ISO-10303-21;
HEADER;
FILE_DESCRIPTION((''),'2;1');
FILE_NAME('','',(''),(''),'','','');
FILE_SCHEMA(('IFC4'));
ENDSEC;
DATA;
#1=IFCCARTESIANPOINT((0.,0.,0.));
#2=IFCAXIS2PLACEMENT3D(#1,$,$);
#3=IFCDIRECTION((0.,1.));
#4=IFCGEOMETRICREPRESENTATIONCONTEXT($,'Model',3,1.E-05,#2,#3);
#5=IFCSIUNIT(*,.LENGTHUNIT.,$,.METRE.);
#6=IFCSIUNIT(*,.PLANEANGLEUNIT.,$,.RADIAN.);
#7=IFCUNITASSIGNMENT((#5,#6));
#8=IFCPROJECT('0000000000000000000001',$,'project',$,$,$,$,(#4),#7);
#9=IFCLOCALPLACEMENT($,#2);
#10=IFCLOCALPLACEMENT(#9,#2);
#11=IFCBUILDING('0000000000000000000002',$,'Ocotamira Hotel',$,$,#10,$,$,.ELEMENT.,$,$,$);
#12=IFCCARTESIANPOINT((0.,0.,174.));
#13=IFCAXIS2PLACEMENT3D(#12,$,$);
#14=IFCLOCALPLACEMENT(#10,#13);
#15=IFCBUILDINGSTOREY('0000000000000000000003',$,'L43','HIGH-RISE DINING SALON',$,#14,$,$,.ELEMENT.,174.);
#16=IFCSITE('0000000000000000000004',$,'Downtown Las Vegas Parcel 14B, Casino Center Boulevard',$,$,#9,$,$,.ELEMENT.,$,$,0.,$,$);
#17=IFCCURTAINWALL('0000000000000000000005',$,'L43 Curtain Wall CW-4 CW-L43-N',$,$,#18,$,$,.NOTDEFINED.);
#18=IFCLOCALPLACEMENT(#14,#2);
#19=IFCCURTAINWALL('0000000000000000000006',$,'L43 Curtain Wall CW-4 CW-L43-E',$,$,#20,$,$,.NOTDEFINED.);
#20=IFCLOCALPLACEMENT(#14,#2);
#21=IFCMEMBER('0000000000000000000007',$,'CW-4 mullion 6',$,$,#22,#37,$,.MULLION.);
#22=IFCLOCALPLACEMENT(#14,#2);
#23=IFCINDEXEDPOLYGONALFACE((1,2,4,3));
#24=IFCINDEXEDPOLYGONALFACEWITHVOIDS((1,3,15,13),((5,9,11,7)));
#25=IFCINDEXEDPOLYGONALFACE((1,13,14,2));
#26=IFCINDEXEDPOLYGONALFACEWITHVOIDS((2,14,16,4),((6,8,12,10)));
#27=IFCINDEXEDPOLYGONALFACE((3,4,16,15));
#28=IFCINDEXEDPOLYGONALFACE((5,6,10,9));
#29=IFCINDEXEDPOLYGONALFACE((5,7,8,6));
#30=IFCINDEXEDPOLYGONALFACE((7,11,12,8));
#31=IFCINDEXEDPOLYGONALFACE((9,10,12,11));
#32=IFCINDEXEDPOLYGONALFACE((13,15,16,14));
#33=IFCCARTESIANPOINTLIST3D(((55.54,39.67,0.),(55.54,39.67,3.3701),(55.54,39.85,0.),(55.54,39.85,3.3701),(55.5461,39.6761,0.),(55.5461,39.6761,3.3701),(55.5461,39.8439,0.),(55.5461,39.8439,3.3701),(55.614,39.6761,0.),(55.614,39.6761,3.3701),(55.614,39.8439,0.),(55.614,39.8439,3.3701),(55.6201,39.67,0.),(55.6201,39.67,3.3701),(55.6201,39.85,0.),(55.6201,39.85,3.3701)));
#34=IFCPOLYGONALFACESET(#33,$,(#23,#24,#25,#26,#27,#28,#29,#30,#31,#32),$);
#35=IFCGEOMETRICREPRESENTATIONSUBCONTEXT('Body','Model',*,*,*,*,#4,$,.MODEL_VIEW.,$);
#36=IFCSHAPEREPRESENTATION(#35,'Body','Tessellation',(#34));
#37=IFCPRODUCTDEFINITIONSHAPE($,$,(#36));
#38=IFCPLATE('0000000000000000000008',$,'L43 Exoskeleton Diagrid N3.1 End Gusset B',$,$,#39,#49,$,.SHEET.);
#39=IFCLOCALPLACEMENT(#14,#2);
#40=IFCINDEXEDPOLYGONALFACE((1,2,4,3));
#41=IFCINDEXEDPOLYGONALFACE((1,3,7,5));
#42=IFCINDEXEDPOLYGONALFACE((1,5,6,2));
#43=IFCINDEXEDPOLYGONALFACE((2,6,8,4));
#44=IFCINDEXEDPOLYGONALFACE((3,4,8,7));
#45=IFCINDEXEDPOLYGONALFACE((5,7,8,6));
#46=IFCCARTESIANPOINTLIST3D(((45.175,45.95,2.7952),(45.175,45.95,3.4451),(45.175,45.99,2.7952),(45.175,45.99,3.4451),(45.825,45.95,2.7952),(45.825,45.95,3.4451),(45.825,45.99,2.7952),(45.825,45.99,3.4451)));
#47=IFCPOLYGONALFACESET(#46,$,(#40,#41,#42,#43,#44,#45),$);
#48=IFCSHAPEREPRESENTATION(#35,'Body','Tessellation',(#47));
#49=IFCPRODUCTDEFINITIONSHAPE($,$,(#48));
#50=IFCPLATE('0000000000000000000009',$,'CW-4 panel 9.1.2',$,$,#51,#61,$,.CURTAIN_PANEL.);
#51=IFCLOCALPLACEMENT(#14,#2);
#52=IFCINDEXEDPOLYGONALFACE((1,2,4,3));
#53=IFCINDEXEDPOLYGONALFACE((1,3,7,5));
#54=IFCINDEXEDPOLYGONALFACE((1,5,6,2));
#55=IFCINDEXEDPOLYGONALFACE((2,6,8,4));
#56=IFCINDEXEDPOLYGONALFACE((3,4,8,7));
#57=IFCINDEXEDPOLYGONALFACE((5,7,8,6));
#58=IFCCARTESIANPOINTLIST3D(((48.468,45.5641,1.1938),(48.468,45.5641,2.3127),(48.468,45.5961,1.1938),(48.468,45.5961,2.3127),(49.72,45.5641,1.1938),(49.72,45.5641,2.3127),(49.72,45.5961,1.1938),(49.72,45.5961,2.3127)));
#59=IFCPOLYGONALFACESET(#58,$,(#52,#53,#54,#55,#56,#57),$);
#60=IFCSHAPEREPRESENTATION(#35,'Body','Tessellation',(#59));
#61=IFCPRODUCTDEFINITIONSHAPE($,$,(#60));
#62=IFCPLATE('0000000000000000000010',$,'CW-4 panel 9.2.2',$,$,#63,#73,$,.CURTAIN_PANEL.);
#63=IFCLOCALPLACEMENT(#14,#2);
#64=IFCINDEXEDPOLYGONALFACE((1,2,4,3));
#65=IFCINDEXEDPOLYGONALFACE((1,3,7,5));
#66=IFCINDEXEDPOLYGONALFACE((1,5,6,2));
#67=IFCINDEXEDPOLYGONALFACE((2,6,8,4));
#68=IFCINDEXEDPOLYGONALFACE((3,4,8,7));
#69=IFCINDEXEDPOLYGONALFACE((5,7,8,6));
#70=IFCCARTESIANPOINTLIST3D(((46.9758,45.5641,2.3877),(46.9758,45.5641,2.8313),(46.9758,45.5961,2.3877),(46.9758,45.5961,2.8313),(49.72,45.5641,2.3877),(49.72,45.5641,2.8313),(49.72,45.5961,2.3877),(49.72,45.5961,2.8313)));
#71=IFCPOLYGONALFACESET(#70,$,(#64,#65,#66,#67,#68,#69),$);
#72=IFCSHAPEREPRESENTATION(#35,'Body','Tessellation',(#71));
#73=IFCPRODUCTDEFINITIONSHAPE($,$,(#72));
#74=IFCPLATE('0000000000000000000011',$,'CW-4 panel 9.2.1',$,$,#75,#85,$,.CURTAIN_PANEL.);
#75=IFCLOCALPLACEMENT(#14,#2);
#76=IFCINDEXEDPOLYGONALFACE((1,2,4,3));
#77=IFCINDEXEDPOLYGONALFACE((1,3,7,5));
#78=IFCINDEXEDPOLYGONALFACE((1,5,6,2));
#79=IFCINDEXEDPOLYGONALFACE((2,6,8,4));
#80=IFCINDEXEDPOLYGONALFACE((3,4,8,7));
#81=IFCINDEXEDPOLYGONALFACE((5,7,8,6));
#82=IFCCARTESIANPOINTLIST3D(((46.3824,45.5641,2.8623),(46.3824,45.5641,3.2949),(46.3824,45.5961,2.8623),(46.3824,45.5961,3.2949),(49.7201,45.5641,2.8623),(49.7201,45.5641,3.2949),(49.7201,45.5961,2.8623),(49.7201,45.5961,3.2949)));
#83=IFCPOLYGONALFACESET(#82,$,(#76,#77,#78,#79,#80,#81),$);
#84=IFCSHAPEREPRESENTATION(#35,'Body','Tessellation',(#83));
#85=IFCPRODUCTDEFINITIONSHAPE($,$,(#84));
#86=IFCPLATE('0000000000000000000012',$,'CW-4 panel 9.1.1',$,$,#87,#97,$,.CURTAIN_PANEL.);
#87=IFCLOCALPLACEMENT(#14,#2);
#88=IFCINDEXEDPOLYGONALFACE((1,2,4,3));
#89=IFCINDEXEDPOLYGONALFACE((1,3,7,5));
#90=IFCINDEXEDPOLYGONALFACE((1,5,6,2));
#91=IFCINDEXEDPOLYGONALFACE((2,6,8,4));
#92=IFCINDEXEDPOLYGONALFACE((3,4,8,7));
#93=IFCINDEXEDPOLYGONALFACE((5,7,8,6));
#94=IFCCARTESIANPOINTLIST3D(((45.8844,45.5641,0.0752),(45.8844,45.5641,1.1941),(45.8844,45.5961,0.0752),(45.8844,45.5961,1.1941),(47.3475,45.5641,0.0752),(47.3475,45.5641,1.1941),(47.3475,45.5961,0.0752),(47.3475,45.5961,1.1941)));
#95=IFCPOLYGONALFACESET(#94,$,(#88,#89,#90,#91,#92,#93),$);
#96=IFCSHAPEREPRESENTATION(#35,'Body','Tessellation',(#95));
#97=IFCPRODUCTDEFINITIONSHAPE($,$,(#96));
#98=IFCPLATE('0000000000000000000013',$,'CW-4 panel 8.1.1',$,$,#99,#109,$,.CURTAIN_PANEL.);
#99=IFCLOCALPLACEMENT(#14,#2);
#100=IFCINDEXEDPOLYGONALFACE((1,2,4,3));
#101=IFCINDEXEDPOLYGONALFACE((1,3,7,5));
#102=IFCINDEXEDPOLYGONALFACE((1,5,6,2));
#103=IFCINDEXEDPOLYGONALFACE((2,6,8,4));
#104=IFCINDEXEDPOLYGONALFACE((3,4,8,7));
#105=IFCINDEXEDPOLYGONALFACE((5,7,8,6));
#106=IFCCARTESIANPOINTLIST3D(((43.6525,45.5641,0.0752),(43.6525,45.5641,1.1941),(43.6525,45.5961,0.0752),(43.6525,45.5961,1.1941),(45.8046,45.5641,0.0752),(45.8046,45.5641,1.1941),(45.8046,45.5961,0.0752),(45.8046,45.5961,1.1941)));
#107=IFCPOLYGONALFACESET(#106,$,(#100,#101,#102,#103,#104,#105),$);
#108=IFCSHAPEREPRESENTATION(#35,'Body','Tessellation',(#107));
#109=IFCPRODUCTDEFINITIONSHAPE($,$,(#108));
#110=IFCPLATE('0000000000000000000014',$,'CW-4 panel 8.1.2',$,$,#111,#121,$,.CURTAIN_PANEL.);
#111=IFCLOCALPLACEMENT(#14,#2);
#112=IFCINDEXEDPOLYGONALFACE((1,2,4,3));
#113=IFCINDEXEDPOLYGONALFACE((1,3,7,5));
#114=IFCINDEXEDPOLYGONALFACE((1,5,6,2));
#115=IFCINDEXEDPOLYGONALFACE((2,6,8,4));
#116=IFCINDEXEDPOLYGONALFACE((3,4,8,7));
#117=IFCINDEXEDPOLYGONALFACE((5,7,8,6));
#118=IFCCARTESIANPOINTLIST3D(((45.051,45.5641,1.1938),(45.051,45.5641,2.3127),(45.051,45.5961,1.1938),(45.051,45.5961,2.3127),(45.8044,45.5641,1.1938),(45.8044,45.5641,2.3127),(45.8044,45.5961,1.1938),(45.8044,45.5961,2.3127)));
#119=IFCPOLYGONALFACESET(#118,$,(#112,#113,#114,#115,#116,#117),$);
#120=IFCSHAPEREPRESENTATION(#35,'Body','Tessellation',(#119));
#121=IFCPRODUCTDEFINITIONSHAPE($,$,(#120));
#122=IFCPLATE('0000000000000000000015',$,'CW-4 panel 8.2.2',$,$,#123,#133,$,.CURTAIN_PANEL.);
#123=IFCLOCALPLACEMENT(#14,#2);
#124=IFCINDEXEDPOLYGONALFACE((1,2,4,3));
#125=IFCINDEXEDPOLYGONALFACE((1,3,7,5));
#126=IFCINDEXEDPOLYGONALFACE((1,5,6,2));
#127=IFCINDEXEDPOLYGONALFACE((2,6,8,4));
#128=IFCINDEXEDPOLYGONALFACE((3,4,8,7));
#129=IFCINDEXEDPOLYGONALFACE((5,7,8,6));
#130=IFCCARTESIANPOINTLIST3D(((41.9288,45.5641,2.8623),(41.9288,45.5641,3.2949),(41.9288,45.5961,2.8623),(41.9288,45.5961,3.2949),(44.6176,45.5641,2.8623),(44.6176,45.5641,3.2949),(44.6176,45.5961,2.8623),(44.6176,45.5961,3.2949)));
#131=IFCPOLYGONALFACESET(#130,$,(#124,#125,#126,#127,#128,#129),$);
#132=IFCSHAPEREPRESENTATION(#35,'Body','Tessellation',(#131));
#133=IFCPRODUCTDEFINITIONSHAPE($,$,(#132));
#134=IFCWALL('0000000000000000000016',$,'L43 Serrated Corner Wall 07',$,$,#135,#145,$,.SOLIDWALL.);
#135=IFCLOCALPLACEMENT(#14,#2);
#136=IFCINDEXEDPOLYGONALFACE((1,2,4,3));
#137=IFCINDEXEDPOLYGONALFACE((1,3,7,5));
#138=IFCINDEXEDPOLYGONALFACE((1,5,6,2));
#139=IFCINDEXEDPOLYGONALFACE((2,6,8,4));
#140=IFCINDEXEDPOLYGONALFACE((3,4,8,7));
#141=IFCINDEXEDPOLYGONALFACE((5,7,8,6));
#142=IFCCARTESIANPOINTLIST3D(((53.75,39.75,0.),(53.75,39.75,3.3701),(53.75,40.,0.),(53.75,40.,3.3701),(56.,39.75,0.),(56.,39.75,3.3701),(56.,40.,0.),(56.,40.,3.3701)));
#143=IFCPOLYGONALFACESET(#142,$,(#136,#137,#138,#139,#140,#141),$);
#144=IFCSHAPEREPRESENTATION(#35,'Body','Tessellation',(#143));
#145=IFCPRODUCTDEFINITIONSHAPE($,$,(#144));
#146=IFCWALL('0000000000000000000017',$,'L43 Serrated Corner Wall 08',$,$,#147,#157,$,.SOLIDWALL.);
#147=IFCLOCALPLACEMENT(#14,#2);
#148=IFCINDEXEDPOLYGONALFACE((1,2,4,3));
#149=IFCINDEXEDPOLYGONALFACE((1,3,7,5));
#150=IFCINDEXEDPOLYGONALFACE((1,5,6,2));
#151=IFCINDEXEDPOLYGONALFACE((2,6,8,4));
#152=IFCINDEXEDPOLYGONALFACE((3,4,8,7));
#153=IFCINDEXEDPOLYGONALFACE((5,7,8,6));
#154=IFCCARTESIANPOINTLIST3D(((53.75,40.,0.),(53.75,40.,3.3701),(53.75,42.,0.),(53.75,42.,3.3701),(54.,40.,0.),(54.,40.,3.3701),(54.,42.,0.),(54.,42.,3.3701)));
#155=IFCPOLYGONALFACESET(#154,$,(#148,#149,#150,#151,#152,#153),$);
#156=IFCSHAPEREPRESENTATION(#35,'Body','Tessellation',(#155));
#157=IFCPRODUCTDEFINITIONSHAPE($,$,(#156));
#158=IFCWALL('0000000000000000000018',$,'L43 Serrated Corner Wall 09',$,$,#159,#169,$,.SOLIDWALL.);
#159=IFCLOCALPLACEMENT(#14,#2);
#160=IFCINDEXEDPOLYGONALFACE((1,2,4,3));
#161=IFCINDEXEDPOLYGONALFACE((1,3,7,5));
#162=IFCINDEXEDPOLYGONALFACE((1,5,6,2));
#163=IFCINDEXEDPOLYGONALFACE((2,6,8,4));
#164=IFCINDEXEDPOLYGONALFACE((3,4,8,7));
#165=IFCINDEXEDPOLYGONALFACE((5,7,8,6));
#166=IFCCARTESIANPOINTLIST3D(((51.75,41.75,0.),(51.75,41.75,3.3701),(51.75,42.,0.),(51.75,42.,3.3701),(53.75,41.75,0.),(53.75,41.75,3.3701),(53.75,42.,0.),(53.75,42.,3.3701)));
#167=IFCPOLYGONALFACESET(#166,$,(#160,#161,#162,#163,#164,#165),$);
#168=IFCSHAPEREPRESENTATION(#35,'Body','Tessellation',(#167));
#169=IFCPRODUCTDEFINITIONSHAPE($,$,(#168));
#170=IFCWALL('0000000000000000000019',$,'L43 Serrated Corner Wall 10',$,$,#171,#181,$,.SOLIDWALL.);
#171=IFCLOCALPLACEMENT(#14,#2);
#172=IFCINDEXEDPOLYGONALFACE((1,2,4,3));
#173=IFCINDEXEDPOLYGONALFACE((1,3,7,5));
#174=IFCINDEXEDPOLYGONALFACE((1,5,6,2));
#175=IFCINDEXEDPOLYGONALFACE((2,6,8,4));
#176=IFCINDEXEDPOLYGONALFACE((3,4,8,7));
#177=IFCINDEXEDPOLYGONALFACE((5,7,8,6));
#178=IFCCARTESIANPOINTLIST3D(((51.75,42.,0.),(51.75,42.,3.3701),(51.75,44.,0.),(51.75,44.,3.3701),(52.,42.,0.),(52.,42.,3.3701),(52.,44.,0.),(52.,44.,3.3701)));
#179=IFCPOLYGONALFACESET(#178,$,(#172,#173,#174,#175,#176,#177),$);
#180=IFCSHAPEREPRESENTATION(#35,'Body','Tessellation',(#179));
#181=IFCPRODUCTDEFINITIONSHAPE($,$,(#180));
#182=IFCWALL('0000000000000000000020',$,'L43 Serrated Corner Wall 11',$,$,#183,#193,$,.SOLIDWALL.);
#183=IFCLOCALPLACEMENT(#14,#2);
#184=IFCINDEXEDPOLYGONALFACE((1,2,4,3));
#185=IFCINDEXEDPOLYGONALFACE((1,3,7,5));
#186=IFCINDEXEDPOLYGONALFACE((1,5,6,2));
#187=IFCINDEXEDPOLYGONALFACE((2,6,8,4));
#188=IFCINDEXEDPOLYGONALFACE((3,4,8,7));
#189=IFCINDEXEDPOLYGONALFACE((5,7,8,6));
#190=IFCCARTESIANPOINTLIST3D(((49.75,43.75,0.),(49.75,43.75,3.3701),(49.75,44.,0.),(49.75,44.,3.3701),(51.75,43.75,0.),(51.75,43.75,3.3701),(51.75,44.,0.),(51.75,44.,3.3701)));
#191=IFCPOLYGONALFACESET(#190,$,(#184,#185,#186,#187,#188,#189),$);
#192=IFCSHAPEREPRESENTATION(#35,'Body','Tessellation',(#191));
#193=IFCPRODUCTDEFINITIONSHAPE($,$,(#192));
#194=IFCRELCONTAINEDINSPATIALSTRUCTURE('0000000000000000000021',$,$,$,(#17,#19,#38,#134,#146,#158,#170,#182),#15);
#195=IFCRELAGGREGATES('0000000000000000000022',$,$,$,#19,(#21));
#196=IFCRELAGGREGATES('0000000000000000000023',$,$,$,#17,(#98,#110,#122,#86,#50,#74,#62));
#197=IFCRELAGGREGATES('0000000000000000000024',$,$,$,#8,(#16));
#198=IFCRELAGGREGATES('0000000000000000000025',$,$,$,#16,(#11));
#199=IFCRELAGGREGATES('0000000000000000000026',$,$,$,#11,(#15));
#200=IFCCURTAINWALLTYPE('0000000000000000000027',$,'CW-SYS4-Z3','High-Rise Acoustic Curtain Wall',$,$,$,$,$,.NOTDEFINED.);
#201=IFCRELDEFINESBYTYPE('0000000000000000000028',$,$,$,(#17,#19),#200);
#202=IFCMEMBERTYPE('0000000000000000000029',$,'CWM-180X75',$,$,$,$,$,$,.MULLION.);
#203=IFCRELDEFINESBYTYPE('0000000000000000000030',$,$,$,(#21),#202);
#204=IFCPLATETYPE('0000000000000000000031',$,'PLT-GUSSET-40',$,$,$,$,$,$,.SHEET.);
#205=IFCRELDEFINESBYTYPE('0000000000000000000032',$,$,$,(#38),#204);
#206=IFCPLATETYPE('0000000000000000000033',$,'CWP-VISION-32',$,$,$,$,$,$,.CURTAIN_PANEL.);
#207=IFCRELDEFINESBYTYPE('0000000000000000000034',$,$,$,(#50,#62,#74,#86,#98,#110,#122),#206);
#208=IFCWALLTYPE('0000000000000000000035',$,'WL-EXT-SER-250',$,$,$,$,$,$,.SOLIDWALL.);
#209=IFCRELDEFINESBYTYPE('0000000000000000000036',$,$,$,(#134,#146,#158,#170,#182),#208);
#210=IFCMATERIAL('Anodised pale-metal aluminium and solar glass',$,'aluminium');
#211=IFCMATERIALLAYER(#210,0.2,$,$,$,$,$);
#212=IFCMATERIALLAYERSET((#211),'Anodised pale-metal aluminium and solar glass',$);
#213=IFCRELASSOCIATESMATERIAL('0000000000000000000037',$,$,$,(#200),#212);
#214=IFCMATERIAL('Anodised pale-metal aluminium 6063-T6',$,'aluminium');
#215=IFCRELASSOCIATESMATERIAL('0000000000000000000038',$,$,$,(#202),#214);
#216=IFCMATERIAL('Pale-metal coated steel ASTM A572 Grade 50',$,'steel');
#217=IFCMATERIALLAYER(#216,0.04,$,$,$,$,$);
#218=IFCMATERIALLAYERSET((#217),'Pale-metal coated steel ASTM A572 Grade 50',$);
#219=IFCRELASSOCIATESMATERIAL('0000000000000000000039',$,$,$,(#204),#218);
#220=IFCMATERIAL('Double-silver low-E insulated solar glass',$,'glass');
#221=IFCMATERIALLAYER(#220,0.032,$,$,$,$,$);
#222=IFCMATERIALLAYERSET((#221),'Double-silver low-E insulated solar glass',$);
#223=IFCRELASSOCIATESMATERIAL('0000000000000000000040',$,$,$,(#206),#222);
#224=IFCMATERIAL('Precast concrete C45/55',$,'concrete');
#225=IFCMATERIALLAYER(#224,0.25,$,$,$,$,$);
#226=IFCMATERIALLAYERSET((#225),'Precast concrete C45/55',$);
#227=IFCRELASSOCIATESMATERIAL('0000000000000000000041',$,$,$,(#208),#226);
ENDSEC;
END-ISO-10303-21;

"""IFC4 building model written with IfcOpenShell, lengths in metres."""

from ifc_helpers import new_model, si_unit, direction, frame, frame_2d, origin, origin_2d, place, context, subcontext, project, spatial, rectangle, hollow_rectangle, extrude, source, transform, mapped, material, layer, layer_set, material_profile, profile_set, type_object, element, aggregate, save


model = new_model("IFC4")

# Units and contexts
model_context = context("Model", 3, precision=1e-05, world=origin(), true_north=direction((0.0, 1.0)))
body_context = subcontext(model_context, "Body", "Model", "MODEL_VIEW")
ifc_project = project(units=[si_unit("LENGTHUNIT", "METRE"), si_unit("PLANEANGLEUNIT", "RADIAN")], contexts=[model_context])

# Site, building, storey
site_placement = place(None, origin())
site = spatial("IfcSite", under=ifc_project, at=site_placement, Name="Downtown Las Vegas Parcel 14B, Casino Center Boulevard", CompositionType="ELEMENT", RefElevation=0.0)
building_placement = place(site_placement, origin())
building = spatial("IfcBuilding", under=site, at=building_placement, Name="Ocotamira Hotel", CompositionType="ELEMENT")
storey_placement = place(building_placement, frame((0.0, 0.0, 174.0)))
storey = spatial("IfcBuildingStorey", under=building, at=storey_placement, Name="L43", Description="HIGH-RISE DINING SALON", CompositionType="ELEMENT", Elevation=174.0)

# Curtain wall
ifc_material_1 = material(Name="Anodised pale-metal aluminium and solar glass", Category="aluminium")
ifc_layer_1 = layer(ifc_material_1, 0.2)
ifc_layer_set_1 = layer_set([ifc_layer_1], Name="Anodised pale-metal aluminium and solar glass")
curtain_wall_type = type_object("IfcCurtainWallType", Name="CW-SYS4-Z3", Description="High-Rise Acoustic Curtain Wall", PredefinedType="NOTDEFINED", material=ifc_layer_set_1)
curtain_wall_1_placement = place(storey_placement, origin())
curtain_wall_1 = element("IfcCurtainWall", 1, at=curtain_wall_1_placement, inside=storey, type_object=curtain_wall_type, Name="L43 Curtain Wall CW-4 CW-L43-N", PredefinedType="NOTDEFINED")
ifc_material_2 = material(Name="Anodised pale-metal aluminium 6063-T6", Category="aluminium")
ifc_material_profile_1 = material_profile(ifc_material_2, hollow_rectangle(XDim=0.0801, YDim=0.1799, WallThickness=0.0061, at=origin_2d()), Name="HSS180X80X6")
ifc_profile_set_1 = profile_set([ifc_material_profile_1], Name="Anodised pale-metal aluminium 6063-T6")
member_type_1 = type_object("IfcMemberType", Name="CWM-180X75", PredefinedType="MULLION", material=ifc_profile_set_1)
shared_shape_1 = source(origin(), body_context, "Body", "SweptSolid", [
    extrude(hollow_rectangle(XDim=0.0801, YDim=0.1799, WallThickness=0.0061, at=origin_2d()), origin(), (0.0, 0.0, 1.0), 3.3701),
])

# Curtain wall, member
curtain_wall_2_placement = place(storey_placement, origin())
curtain_wall_2 = element("IfcCurtainWall", 2, at=curtain_wall_2_placement, inside=storey, type_object=curtain_wall_type, Name="L43 Curtain Wall CW-4 CW-L43-E", PredefinedType="NOTDEFINED")
member_1_placement = place(storey_placement, frame((55.5801, 39.76, 0.0), z_axis=(0.0, 0.0, 1.0), x_axis=(-1.0, 0.0, 0.0)))
member_1 = element("IfcMember", 3, at=member_1_placement, type_object=member_type_1, Name="CW-4 mullion 6", PredefinedType="MULLION", context=body_context, shape_type="MappedRepresentation", body=[
    mapped(shared_shape_1, transform((0.0, 0.0, 0.0), scale=1.0)),
])
aggregate(curtain_wall_2, [member_1])

# Plates
ifc_material_3 = material(Name="Pale-metal coated steel ASTM A572 Grade 50", Category="steel")
ifc_layer_2 = layer(ifc_material_3, 0.04)
ifc_layer_set_2 = layer_set([ifc_layer_2], Name="Pale-metal coated steel ASTM A572 Grade 50")
plate_type_1 = type_object("IfcPlateType", Name="PLT-GUSSET-40", PredefinedType="SHEET", material=ifc_layer_set_2)
shared_shape_2 = source(origin(), body_context, "Body", "SweptSolid", [
    extrude(rectangle(XDim=0.6499, YDim=0.04, at=origin_2d()), origin(), (0.0, 0.0, 1.0), 0.6499),
])
plate_1_placement = place(storey_placement, frame((45.5, 45.97, 2.7952), z_axis=(0.0, 0.0, 1.0), x_axis=(1.0, 0.0, 0.0)))
element("IfcPlate", 4, at=plate_1_placement, inside=storey, type_object=plate_type_1, Name="L43 Exoskeleton Diagrid N3.1 End Gusset B", PredefinedType="SHEET", context=body_context, shape_type="MappedRepresentation", body=[
    mapped(shared_shape_2, transform((0.0, 0.0, 0.0), scale=1.0)),
])
ifc_material_4 = material(Name="Double-silver low-E insulated solar glass", Category="glass")
ifc_layer_3 = layer(ifc_material_4, 0.032)
ifc_layer_set_3 = layer_set([ifc_layer_3], Name="Double-silver low-E insulated solar glass")
plate_type_2 = type_object("IfcPlateType", Name="CWP-VISION-32", PredefinedType="CURTAIN_PANEL", material=ifc_layer_set_3)
shared_shape_3 = source(origin(), body_context, "Body", "SweptSolid", [
    extrude(rectangle(XDim=1.252, YDim=0.032, at=origin_2d()), origin(), (0.0, 0.0, 1.0), 1.1189),
])
plate_2_placement = place(storey_placement, frame((49.094, 45.5801, 1.1938), z_axis=(0.0, 0.0, 1.0), x_axis=(1.0, 0.0, 0.0)))
plate_2 = element("IfcPlate", 5, at=plate_2_placement, type_object=plate_type_2, Name="CW-4 panel 9.1.2", PredefinedType="CURTAIN_PANEL", context=body_context, shape_type="MappedRepresentation", body=[
    mapped(shared_shape_3, transform((0.0, 0.0, 0.0), scale=1.0)),
])
shared_shape_4 = source(origin(), body_context, "Body", "SweptSolid", [
    extrude(rectangle(XDim=2.7441, YDim=0.032, at=origin_2d()), origin(), (0.0, 0.0, 1.0), 0.4436),
])
plate_3_placement = place(storey_placement, frame((48.3479, 45.5801, 2.3877), z_axis=(0.0, 0.0, 1.0), x_axis=(1.0, 0.0, 0.0)))
plate_3 = element("IfcPlate", 6, at=plate_3_placement, type_object=plate_type_2, Name="CW-4 panel 9.2.2", PredefinedType="CURTAIN_PANEL", context=body_context, shape_type="MappedRepresentation", body=[
    mapped(shared_shape_4, transform((0.0, 0.0, 0.0), scale=1.0)),
])
shared_shape_5 = source(origin(), body_context, "Body", "SweptSolid", [
    extrude(rectangle(XDim=3.3376, YDim=0.032, at=origin_2d()), origin(), (0.0, 0.0, 1.0), 0.4326),
])
plate_4_placement = place(storey_placement, frame((48.0513, 45.5801, 2.8623), z_axis=(0.0, 0.0, 1.0), x_axis=(1.0, 0.0, 0.0)))
plate_4 = element("IfcPlate", 7, at=plate_4_placement, type_object=plate_type_2, Name="CW-4 panel 9.2.1", PredefinedType="CURTAIN_PANEL", context=body_context, shape_type="MappedRepresentation", body=[
    mapped(shared_shape_5, transform((0.0, 0.0, 0.0), scale=1.0)),
])
shared_shape_6 = source(origin(), body_context, "Body", "SweptSolid", [
    extrude(rectangle(XDim=1.4631, YDim=0.032, at=origin_2d()), origin(), (0.0, 0.0, 1.0), 1.1189),
])
plate_5_placement = place(storey_placement, frame((46.616, 45.5801, 0.0752), z_axis=(0.0, 0.0, 1.0), x_axis=(1.0, 0.0, 0.0)))
plate_5 = element("IfcPlate", 8, at=plate_5_placement, type_object=plate_type_2, Name="CW-4 panel 9.1.1", PredefinedType="CURTAIN_PANEL", context=body_context, shape_type="MappedRepresentation", body=[
    mapped(shared_shape_6, transform((0.0, 0.0, 0.0), scale=1.0)),
])
shared_shape_7 = source(origin(), body_context, "Body", "SweptSolid", [
    extrude(rectangle(XDim=2.1521, YDim=0.032, at=origin_2d()), origin(), (0.0, 0.0, 1.0), 1.1189),
])
plate_6_placement = place(storey_placement, frame((44.7285, 45.5801, 0.0752), z_axis=(0.0, 0.0, 1.0), x_axis=(1.0, 0.0, 0.0)))
plate_6 = element("IfcPlate", 9, at=plate_6_placement, type_object=plate_type_2, Name="CW-4 panel 8.1.1", PredefinedType="CURTAIN_PANEL", context=body_context, shape_type="MappedRepresentation", body=[
    mapped(shared_shape_7, transform((0.0, 0.0, 0.0), scale=1.0)),
])
shared_shape_8 = source(origin(), body_context, "Body", "SweptSolid", [
    extrude(rectangle(XDim=0.7534, YDim=0.032, at=origin_2d()), origin(), (0.0, 0.0, 1.0), 1.1189),
])
plate_7_placement = place(storey_placement, frame((45.4277, 45.5801, 1.1938), z_axis=(0.0, 0.0, 1.0), x_axis=(1.0, 0.0, 0.0)))
plate_7 = element("IfcPlate", 10, at=plate_7_placement, type_object=plate_type_2, Name="CW-4 panel 8.1.2", PredefinedType="CURTAIN_PANEL", context=body_context, shape_type="MappedRepresentation", body=[
    mapped(shared_shape_8, transform((0.0, 0.0, 0.0), scale=1.0)),
])
shared_shape_9 = source(origin(), body_context, "Body", "SweptSolid", [
    extrude(rectangle(XDim=2.6887, YDim=0.032, at=origin_2d()), origin(), (0.0, 0.0, 1.0), 0.4326),
])
plate_8_placement = place(storey_placement, frame((43.2732, 45.5801, 2.8623), z_axis=(0.0, 0.0, 1.0), x_axis=(1.0, 0.0, 0.0)))
plate_8 = element("IfcPlate", 11, at=plate_8_placement, type_object=plate_type_2, Name="CW-4 panel 8.2.2", PredefinedType="CURTAIN_PANEL", context=body_context, shape_type="MappedRepresentation", body=[
    mapped(shared_shape_9, transform((0.0, 0.0, 0.0), scale=1.0)),
])
aggregate(curtain_wall_1, [plate_6, plate_7, plate_8, plate_5, plate_2, plate_4, plate_3])

# Walls
ifc_material_5 = material(Name="Precast concrete C45/55", Category="concrete")
ifc_layer_4 = layer(ifc_material_5, 0.25)
ifc_layer_set_4 = layer_set([ifc_layer_4], Name="Precast concrete C45/55")
wall_type_1 = type_object("IfcWallType", Name="WL-EXT-SER-250", PredefinedType="SOLIDWALL", material=ifc_layer_set_4)
wall_1_placement = place(storey_placement, frame((56.0, 39.875, 0.0), z_axis=(0.0, 0.0, 1.0), x_axis=(-1.0, 0.0, 0.0)))
element("IfcWall", 12, at=wall_1_placement, inside=storey, type_object=wall_type_1, Name="L43 Serrated Corner Wall 07", PredefinedType="SOLIDWALL", context=body_context, shape_type="SweptSolid", body=[
    extrude(rectangle(XDim=2.25, YDim=0.25, at=frame_2d((1.125, 0.0))), origin(), (0.0, 0.0, 1.0), 3.3701),
])
for number, where, z_axis, x_axis, name in (
    (13, (53.875, 40.0, 0.0), (0.0, 0.0, 1.0), (0.0, 1.0, 0.0), "L43 Serrated Corner Wall 08"),
    (14, (53.75, 41.875, 0.0), (0.0, 0.0, 1.0), (-1.0, 0.0, 0.0), "L43 Serrated Corner Wall 09"),
    (15, (51.875, 42.0, 0.0), (0.0, 0.0, 1.0), (0.0, 1.0, 0.0), "L43 Serrated Corner Wall 10"),
    (16, (51.75, 43.875, 0.0), (0.0, 0.0, 1.0), (-1.0, 0.0, 0.0), "L43 Serrated Corner Wall 11"),
):
    element("IfcWall", number, at=place(storey_placement, frame(where, z_axis=z_axis, x_axis=x_axis)), inside=storey, type_object=wall_type_1, Name=name, PredefinedType="SOLIDWALL", context=body_context, shape_type="SweptSolid", body=[
        extrude(rectangle(XDim=2.0, YDim=0.25, at=frame_2d((1.0, 0.0))), origin(), (0.0, 0.0, 1.0), 3.3701),
    ])

save(model, "model.ifc")
